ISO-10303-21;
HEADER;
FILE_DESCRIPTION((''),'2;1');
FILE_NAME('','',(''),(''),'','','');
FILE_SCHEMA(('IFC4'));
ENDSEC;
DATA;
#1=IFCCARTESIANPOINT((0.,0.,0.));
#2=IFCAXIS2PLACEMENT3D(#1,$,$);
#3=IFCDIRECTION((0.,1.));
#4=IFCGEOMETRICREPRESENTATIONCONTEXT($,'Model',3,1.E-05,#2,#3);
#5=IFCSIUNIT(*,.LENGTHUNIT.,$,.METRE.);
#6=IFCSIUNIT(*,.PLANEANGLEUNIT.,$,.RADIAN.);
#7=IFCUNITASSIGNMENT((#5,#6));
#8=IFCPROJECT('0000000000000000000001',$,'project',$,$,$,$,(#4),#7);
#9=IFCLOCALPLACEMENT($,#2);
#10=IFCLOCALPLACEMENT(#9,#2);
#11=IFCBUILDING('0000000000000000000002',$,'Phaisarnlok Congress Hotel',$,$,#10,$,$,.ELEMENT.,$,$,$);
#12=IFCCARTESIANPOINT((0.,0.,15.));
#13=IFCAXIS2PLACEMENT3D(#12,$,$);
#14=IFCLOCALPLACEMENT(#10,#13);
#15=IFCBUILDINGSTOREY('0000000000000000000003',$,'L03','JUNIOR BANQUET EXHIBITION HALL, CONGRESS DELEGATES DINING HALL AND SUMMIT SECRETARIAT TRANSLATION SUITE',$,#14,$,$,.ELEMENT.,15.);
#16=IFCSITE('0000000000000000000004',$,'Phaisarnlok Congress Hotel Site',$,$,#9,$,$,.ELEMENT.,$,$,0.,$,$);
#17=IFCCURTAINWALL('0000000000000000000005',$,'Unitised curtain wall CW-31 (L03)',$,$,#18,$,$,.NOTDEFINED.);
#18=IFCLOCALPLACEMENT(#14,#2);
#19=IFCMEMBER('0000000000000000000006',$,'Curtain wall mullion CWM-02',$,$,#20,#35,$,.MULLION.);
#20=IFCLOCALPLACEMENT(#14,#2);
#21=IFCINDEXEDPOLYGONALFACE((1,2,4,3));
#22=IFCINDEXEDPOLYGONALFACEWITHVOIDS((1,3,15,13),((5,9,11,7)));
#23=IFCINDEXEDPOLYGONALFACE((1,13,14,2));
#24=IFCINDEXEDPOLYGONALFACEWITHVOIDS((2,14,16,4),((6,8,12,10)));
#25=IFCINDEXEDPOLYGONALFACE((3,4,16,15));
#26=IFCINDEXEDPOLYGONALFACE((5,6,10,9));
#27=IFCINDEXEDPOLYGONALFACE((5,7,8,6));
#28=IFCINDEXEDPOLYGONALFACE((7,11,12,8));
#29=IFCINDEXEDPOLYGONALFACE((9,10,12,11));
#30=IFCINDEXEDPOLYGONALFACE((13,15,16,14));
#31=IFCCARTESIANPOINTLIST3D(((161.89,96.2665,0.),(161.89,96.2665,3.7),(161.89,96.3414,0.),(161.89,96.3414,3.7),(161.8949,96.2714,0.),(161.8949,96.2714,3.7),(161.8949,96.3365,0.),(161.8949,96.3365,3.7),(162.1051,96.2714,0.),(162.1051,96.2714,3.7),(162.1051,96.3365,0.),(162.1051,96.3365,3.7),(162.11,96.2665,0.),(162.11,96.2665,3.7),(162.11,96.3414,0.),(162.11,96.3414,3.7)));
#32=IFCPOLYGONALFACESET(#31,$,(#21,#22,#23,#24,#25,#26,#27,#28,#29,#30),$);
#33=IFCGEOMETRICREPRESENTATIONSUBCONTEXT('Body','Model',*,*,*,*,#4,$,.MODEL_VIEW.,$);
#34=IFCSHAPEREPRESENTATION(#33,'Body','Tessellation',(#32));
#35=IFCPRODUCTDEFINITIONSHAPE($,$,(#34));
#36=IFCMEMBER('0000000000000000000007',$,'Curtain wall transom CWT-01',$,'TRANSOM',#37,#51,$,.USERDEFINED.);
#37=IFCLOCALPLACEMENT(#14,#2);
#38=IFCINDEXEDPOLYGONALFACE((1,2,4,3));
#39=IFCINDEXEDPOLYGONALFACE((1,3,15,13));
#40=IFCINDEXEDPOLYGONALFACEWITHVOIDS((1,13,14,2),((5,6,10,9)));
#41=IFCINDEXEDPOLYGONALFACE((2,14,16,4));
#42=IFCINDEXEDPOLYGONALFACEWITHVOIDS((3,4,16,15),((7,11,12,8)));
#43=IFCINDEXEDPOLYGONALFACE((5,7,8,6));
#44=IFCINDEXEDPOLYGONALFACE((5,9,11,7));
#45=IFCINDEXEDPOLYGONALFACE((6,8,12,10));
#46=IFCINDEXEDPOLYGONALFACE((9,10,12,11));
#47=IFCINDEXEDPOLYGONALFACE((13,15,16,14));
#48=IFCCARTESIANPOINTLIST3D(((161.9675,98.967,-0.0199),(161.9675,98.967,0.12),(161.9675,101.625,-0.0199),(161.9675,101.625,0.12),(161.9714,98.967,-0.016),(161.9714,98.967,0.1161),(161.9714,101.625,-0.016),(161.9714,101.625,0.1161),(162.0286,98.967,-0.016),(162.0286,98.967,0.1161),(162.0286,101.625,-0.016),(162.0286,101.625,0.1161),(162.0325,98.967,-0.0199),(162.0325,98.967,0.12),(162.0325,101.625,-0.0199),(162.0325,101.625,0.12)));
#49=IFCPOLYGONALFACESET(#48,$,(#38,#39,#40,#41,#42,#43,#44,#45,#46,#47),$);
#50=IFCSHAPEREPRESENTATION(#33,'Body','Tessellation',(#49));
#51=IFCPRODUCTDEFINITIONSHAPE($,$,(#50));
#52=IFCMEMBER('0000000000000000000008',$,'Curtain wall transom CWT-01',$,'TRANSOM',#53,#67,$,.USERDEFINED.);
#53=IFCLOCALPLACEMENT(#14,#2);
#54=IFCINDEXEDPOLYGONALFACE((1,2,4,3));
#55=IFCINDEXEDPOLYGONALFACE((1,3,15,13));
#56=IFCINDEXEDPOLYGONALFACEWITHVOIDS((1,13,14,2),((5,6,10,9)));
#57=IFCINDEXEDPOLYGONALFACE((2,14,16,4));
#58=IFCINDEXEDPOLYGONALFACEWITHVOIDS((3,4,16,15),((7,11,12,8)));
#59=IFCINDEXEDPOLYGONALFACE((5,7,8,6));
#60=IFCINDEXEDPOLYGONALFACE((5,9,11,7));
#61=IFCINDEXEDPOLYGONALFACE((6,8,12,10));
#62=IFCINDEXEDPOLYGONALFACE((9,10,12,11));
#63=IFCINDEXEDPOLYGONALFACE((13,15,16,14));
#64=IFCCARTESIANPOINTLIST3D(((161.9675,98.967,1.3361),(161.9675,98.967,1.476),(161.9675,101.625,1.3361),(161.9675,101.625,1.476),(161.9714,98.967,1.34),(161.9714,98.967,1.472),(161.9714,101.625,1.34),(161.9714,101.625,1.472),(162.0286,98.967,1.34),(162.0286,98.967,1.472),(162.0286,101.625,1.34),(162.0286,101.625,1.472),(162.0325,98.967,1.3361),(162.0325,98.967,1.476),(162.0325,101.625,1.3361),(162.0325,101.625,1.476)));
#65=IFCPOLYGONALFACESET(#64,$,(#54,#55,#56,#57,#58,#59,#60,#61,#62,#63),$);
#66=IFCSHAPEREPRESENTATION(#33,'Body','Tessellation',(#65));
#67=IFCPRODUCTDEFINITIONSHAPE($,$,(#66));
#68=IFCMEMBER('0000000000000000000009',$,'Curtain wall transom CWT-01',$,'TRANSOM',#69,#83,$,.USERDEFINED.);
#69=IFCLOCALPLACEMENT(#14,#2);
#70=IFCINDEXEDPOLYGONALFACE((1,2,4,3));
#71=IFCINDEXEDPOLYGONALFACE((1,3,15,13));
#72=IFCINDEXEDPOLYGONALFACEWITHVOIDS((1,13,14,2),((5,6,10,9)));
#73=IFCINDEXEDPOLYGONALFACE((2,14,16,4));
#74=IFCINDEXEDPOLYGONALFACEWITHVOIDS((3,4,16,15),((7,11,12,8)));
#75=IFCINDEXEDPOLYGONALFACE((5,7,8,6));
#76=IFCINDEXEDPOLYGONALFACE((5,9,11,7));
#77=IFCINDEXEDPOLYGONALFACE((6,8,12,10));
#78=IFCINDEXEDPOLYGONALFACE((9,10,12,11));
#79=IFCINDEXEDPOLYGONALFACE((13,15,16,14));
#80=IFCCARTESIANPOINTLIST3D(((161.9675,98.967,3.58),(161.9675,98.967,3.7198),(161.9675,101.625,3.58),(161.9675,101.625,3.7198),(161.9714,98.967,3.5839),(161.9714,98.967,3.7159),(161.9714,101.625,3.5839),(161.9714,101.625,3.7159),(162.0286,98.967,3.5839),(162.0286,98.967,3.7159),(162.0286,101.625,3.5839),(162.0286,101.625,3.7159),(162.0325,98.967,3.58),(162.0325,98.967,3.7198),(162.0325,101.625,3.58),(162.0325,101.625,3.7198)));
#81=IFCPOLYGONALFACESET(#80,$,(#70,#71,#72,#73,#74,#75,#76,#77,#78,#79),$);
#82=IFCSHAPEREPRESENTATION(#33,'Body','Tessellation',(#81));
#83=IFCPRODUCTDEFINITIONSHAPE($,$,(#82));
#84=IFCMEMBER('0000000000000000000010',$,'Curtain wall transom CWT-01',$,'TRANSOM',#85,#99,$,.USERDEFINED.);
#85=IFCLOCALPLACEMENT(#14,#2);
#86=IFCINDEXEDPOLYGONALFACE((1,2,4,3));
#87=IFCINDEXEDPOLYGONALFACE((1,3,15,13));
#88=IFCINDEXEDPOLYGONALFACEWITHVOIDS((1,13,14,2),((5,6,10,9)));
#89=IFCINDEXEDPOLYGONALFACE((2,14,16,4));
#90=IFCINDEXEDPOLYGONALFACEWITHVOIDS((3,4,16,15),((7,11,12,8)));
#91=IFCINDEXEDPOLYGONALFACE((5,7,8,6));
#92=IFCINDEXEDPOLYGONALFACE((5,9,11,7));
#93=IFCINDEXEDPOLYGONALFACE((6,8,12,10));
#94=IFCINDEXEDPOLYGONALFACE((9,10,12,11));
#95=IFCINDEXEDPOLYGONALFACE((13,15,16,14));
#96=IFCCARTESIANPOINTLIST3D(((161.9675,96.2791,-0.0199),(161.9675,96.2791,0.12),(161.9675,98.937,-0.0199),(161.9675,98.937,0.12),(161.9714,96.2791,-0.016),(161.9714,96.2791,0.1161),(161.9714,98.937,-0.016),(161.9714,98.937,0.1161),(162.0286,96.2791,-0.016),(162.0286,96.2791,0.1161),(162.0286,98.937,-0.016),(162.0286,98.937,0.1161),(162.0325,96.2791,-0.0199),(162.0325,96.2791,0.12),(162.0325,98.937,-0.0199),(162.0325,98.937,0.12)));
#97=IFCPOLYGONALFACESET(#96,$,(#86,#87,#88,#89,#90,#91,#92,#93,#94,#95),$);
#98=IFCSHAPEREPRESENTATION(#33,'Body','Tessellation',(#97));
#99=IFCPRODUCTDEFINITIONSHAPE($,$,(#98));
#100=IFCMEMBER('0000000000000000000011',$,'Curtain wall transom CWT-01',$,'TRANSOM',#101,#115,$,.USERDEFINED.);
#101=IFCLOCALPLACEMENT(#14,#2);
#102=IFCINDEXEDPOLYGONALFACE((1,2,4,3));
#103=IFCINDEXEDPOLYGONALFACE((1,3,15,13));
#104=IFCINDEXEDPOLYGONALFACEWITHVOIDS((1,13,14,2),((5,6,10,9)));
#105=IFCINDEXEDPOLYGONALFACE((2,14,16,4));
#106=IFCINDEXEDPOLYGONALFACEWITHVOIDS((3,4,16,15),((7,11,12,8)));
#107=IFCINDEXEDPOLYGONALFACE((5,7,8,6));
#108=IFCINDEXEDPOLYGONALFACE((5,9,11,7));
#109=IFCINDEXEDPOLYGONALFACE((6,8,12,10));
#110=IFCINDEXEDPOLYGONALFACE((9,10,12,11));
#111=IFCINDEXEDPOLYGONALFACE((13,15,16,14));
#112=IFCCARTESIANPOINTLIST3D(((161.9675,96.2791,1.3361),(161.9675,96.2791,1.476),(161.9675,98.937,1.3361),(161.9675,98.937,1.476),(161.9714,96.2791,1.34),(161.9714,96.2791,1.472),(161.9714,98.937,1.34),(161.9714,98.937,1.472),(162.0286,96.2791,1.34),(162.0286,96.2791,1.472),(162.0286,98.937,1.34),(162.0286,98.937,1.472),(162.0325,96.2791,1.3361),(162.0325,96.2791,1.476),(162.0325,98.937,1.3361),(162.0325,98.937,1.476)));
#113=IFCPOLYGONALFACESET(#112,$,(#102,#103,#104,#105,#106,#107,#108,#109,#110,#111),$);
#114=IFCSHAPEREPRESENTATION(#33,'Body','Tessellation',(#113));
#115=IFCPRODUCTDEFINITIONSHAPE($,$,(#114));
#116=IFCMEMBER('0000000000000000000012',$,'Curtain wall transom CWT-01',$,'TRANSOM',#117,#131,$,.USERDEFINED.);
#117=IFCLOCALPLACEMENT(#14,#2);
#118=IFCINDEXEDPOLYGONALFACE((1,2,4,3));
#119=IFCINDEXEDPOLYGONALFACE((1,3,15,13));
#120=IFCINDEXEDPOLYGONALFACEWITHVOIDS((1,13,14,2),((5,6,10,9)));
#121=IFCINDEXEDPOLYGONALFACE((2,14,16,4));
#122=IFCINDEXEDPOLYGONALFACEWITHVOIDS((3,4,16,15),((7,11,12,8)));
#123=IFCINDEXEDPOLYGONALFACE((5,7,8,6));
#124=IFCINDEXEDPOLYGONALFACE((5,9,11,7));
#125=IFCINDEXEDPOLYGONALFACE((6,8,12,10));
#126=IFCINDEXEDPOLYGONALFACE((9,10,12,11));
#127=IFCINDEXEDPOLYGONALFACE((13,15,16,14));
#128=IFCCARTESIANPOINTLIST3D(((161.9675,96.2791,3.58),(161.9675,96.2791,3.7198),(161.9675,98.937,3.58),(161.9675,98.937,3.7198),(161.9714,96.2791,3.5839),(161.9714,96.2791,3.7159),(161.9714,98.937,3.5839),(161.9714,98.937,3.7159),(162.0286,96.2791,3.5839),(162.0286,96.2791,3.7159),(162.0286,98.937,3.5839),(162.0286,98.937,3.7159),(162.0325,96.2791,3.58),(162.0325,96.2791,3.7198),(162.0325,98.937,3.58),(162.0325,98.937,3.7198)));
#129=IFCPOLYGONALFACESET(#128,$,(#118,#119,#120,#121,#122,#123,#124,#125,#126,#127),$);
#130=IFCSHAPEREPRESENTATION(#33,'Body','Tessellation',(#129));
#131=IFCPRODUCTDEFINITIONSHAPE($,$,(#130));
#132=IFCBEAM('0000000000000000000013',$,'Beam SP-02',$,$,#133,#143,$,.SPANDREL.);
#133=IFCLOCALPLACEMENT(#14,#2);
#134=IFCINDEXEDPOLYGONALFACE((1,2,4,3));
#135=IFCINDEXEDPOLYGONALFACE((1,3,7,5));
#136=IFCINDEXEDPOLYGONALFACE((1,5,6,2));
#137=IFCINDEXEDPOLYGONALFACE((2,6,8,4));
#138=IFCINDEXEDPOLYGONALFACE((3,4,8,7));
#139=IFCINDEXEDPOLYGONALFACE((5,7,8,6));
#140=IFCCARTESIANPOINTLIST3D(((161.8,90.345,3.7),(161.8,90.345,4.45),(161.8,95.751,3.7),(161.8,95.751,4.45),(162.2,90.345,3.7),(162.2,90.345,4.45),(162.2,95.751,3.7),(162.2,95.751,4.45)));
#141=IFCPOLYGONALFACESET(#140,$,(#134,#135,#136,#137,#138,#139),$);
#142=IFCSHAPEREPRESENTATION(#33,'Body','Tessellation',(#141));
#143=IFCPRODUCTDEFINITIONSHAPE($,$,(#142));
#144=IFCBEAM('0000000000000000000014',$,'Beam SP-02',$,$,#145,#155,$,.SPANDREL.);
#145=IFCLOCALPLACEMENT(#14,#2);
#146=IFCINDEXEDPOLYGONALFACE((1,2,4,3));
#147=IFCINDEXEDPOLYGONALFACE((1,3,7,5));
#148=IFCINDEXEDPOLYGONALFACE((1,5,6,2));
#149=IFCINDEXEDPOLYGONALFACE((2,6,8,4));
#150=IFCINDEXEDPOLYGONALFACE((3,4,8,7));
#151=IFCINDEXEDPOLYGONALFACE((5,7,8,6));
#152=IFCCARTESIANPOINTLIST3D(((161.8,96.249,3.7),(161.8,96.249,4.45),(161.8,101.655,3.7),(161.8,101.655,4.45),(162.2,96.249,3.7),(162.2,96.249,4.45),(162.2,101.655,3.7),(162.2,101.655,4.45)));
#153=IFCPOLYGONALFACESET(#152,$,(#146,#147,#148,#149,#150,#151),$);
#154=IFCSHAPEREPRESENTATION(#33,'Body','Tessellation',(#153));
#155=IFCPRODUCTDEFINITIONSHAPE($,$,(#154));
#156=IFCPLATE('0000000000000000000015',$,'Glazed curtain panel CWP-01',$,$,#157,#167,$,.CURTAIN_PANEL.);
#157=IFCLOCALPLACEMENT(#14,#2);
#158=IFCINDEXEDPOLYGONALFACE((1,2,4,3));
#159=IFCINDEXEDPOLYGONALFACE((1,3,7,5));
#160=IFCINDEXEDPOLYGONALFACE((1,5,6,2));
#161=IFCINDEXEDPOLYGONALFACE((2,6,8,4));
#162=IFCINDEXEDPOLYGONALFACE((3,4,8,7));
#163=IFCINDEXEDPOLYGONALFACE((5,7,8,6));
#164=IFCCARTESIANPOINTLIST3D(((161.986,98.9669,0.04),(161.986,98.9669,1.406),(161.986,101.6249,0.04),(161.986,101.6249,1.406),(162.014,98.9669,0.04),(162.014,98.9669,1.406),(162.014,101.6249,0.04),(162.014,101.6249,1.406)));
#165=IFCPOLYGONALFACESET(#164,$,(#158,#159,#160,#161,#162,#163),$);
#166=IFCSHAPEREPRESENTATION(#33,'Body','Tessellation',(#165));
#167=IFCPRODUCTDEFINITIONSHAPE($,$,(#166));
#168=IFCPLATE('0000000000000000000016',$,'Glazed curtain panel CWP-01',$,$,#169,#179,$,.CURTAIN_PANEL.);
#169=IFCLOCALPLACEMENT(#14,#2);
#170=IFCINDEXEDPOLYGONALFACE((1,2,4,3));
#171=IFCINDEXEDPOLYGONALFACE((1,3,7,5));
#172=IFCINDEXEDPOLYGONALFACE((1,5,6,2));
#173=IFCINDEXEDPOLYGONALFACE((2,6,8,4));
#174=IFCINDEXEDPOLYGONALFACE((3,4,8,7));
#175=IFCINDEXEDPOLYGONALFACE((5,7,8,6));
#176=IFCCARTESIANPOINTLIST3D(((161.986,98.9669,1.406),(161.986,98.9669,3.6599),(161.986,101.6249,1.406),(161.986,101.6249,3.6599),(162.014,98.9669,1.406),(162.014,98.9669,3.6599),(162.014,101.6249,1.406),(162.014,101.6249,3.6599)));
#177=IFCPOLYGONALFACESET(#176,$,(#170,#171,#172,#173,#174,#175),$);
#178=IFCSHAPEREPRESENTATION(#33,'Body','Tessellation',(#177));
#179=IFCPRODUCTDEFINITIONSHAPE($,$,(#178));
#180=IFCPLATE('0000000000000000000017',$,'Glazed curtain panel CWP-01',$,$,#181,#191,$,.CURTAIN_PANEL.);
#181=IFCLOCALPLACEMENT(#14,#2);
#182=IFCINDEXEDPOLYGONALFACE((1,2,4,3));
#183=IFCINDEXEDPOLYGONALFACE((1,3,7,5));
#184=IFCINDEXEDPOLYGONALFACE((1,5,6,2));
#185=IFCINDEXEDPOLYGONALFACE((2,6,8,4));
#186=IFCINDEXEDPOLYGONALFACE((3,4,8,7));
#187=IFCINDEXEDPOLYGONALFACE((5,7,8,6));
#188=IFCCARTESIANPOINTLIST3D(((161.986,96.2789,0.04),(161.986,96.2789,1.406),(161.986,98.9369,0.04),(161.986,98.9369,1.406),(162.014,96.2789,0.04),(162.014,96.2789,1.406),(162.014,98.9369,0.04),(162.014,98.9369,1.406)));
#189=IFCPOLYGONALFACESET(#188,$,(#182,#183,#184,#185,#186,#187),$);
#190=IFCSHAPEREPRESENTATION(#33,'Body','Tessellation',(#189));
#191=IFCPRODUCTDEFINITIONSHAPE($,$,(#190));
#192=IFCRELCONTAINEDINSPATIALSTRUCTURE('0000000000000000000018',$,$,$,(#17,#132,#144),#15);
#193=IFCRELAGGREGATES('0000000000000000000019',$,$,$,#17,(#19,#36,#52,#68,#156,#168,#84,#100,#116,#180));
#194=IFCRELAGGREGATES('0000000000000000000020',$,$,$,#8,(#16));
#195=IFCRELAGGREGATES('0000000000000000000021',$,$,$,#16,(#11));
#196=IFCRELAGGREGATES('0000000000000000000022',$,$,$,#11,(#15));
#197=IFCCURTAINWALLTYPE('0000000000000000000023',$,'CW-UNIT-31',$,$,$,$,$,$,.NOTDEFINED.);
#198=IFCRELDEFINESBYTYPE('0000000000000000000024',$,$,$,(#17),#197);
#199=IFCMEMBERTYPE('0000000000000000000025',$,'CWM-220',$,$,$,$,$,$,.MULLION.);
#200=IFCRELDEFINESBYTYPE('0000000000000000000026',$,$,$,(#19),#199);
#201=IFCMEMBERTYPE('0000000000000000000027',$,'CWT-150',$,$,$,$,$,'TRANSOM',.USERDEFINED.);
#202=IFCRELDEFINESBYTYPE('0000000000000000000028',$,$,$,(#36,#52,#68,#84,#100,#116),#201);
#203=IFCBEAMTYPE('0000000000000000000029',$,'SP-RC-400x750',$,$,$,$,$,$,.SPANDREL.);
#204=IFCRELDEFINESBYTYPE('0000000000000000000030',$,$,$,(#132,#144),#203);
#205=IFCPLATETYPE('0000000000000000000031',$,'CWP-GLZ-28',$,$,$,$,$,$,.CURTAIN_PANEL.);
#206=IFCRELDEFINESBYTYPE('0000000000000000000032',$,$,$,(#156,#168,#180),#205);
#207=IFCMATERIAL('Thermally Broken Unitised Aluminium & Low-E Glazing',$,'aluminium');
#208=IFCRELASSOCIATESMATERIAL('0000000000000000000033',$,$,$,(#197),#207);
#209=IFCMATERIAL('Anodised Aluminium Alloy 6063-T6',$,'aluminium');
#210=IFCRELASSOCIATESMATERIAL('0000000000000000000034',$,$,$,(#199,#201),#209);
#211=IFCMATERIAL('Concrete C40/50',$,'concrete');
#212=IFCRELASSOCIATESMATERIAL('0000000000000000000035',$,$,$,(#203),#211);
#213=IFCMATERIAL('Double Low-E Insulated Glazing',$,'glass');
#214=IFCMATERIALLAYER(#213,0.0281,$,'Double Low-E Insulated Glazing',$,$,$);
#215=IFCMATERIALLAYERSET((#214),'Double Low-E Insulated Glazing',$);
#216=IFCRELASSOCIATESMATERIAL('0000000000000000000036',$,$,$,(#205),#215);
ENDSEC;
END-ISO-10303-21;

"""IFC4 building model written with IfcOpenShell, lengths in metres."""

from ifc_helpers import new_model, si_unit, direction, frame, frame_2d, origin, origin_2d, place, context, subcontext, project, spatial, rectangle, hollow_rectangle, extrude, material, layer, layer_set, material_profile, profile_set, type_object, element, aggregate, save


model = new_model("IFC4")

# Units and contexts
model_context = context("Model", 3, precision=1e-05, world=origin(), true_north=direction((0.0, 1.0)))
body_context = subcontext(model_context, "Body", "Model", "MODEL_VIEW")
ifc_project = project(units=[si_unit("LENGTHUNIT", "METRE"), si_unit("PLANEANGLEUNIT", "RADIAN")], contexts=[model_context])

# Site, building, storey
site_placement = place(None, origin())
site = spatial("IfcSite", under=ifc_project, at=site_placement, Name="Phaisarnlok Congress Hotel Site", CompositionType="ELEMENT", RefElevation=0.0)
building_placement = place(site_placement, origin())
building = spatial("IfcBuilding", under=site, at=building_placement, Name="Phaisarnlok Congress Hotel", CompositionType="ELEMENT")
storey_placement = place(building_placement, frame((0.0, 0.0, 15.0)))
storey = spatial("IfcBuildingStorey", under=building, at=storey_placement, Name="L03", Description="JUNIOR BANQUET EXHIBITION HALL, CONGRESS DELEGATES DINING HALL AND SUMMIT SECRETARIAT TRANSLATION SUITE", CompositionType="ELEMENT", Elevation=15.0)

# Shared definitions
ifc_material_1 = material(Name="Concrete C40/50", Category="concrete")

# Curtain wall, members
ifc_material_2 = material(Name="Thermally Broken Unitised Aluminium & Low-E Glazing", Category="aluminium")
curtain_wall_type = type_object("IfcCurtainWallType", Name="CW-UNIT-31", PredefinedType="NOTDEFINED", material=ifc_material_2)
curtain_wall_placement = place(storey_placement, origin())
curtain_wall = element("IfcCurtainWall", 1, at=curtain_wall_placement, inside=storey, type_object=curtain_wall_type, Name="Unitised curtain wall CW-31 (L03)", PredefinedType="NOTDEFINED")
ifc_material_3 = material(Name="Anodised Aluminium Alloy 6063-T6", Category="aluminium")
ifc_material_profile_1 = material_profile(ifc_material_3, hollow_rectangle(XDim=0.075, YDim=0.22, WallThickness=0.0049, at=origin_2d()), Name="ALU-M 75x220x5")
ifc_profile_set_1 = profile_set([ifc_material_profile_1], Name="Anodised Aluminium Alloy 6063-T6")
member_type_1 = type_object("IfcMemberType", Name="CWM-220", PredefinedType="MULLION", material=ifc_profile_set_1)
member_1_placement = place(storey_placement, frame((162.0, 96.304, 0.0), z_axis=(0.0, 0.0, 1.0), x_axis=(0.0, -1.0, 0.0)))
member_1 = element("IfcMember", 2, at=member_1_placement, type_object=member_type_1, Name="Curtain wall mullion CWM-02", PredefinedType="MULLION", context=body_context, shape_type="SweptSolid", body=[
    extrude(hollow_rectangle(XDim=0.075, YDim=0.22, WallThickness=0.0049, at=origin_2d()), origin(), (0.0, 0.0, 1.0), 3.7),
])
ifc_material_profile_2 = material_profile(ifc_material_3, hollow_rectangle(XDim=0.0649, YDim=0.1399, WallThickness=0.0039, at=origin_2d()), Name="ALU-T 65x140x4")
ifc_profile_set_2 = profile_set([ifc_material_profile_2], Name="Anodised Aluminium Alloy 6063-T6")
member_type_2 = type_object("IfcMemberType", Name="CWT-150", ElementType="TRANSOM", PredefinedType="USERDEFINED", material=ifc_profile_set_2)
member_2_placement = place(storey_placement, frame((162.0, 101.625, 0.05), z_axis=(0.0, -1.0, 0.0), x_axis=(1.0, 0.0, 0.0)))
member_2 = element("IfcMember", 3, at=member_2_placement, type_object=member_type_2, Name="Curtain wall transom CWT-01", ObjectType="TRANSOM", PredefinedType="USERDEFINED", context=body_context, shape_type="SweptSolid", body=[
    extrude(hollow_rectangle(XDim=0.0649, YDim=0.1399, WallThickness=0.0039, at=origin_2d()), origin(), (0.0, 0.0, 1.0), 2.658),
])
member_3_placement = place(storey_placement, frame((162.0, 101.625, 1.406), z_axis=(0.0, -1.0, 0.0), x_axis=(1.0, 0.0, 0.0)))
member_3 = element("IfcMember", 4, at=member_3_placement, type_object=member_type_2, Name="Curtain wall transom CWT-01", ObjectType="TRANSOM", PredefinedType="USERDEFINED", context=body_context, shape_type="SweptSolid", body=[
    extrude(hollow_rectangle(XDim=0.0649, YDim=0.1399, WallThickness=0.0039, at=origin_2d()), origin(), (0.0, 0.0, 1.0), 2.658),
])
member_4_placement = place(storey_placement, frame((162.0, 101.625, 3.6499), z_axis=(0.0, -1.0, 0.0), x_axis=(1.0, 0.0, 0.0)))
member_4 = element("IfcMember", 5, at=member_4_placement, type_object=member_type_2, Name="Curtain wall transom CWT-01", ObjectType="TRANSOM", PredefinedType="USERDEFINED", context=body_context, shape_type="SweptSolid", body=[
    extrude(hollow_rectangle(XDim=0.0649, YDim=0.1399, WallThickness=0.0039, at=origin_2d()), origin(), (0.0, 0.0, 1.0), 2.658),
])
member_5_placement = place(storey_placement, frame((162.0, 98.937, 0.05), z_axis=(0.0, -1.0, 0.0), x_axis=(1.0, 0.0, 0.0)))
member_5 = element("IfcMember", 6, at=member_5_placement, type_object=member_type_2, Name="Curtain wall transom CWT-01", ObjectType="TRANSOM", PredefinedType="USERDEFINED", context=body_context, shape_type="SweptSolid", body=[
    extrude(hollow_rectangle(XDim=0.0649, YDim=0.1399, WallThickness=0.0039, at=origin_2d()), origin(), (0.0, 0.0, 1.0), 2.658),
])
member_6_placement = place(storey_placement, frame((162.0, 98.937, 1.406), z_axis=(0.0, -1.0, 0.0), x_axis=(1.0, 0.0, 0.0)))
member_6 = element("IfcMember", 7, at=member_6_placement, type_object=member_type_2, Name="Curtain wall transom CWT-01", ObjectType="TRANSOM", PredefinedType="USERDEFINED", context=body_context, shape_type="SweptSolid", body=[
    extrude(hollow_rectangle(XDim=0.0649, YDim=0.1399, WallThickness=0.0039, at=origin_2d()), origin(), (0.0, 0.0, 1.0), 2.658),
])
member_7_placement = place(storey_placement, frame((162.0, 98.937, 3.6499), z_axis=(0.0, -1.0, 0.0), x_axis=(1.0, 0.0, 0.0)))
member_7 = element("IfcMember", 8, at=member_7_placement, type_object=member_type_2, Name="Curtain wall transom CWT-01", ObjectType="TRANSOM", PredefinedType="USERDEFINED", context=body_context, shape_type="SweptSolid", body=[
    extrude(hollow_rectangle(XDim=0.0649, YDim=0.1399, WallThickness=0.0039, at=origin_2d()), origin(), (0.0, 0.0, 1.0), 2.658),
])

# Beams
ifc_material_profile_3 = material_profile(ifc_material_1, rectangle(XDim=0.3999, YDim=0.75, at=origin_2d()), Name="RC 400x750")
ifc_profile_set_3 = profile_set([ifc_material_profile_3], Name="Concrete C40/50")
beam_type_1 = type_object("IfcBeamType", Name="SP-RC-400x750", PredefinedType="SPANDREL", material=ifc_profile_set_3)
for number, where, z_axis, x_axis, name in (
    (9, (162.0, 90.345, 4.075), (0.0, 1.0, 0.0), (-1.0, 0.0, 0.0), "Beam SP-02"),
    (10, (162.0, 96.249, 4.075), (0.0, 1.0, 0.0), (-1.0, 0.0, 0.0), "Beam SP-02"),
):
    element("IfcBeam", number, at=place(storey_placement, frame(where, z_axis=z_axis, x_axis=x_axis)), inside=storey, type_object=beam_type_1, Name=name, PredefinedType="SPANDREL", context=body_context, shape_type="SweptSolid", body=[
        extrude(rectangle(XDim=0.3999, YDim=0.75, at=origin_2d()), origin(), (0.0, 0.0, 1.0), 5.406),
    ])

# Plates
ifc_material_4 = material(Name="Double Low-E Insulated Glazing", Category="glass")
ifc_layer_1 = layer(ifc_material_4, 0.0281, Name="Double Low-E Insulated Glazing")
ifc_layer_set_1 = layer_set([ifc_layer_1], Name="Double Low-E Insulated Glazing")
plate_type_1 = type_object("IfcPlateType", Name="CWP-GLZ-28", PredefinedType="CURTAIN_PANEL", material=ifc_layer_set_1)
plate_1_placement = place(storey_placement, frame((162.0, 101.625, 0.04), z_axis=(0.0, 0.0, 1.0), x_axis=(0.0, -1.0, 0.0)))
plate_1 = element("IfcPlate", 11, at=plate_1_placement, type_object=plate_type_1, Name="Glazed curtain panel CWP-01", PredefinedType="CURTAIN_PANEL", context=body_context, shape_type="SweptSolid", body=[
    extrude(rectangle(XDim=2.658, YDim=0.0281, at=frame_2d((1.3291, 0.0))), origin(), (0.0, 0.0, 1.0), 1.366),
])
plate_2_placement = place(storey_placement, frame((162.0, 101.625, 1.406), z_axis=(0.0, 0.0, 1.0), x_axis=(0.0, -1.0, 0.0)))
plate_2 = element("IfcPlate", 12, at=plate_2_placement, type_object=plate_type_1, Name="Glazed curtain panel CWP-01", PredefinedType="CURTAIN_PANEL", context=body_context, shape_type="SweptSolid", body=[
    extrude(rectangle(XDim=2.658, YDim=0.0281, at=frame_2d((1.3291, 0.0))), origin(), (0.0, 0.0, 1.0), 2.2539),
])
plate_3_placement = place(storey_placement, frame((162.0, 98.937, 0.04), z_axis=(0.0, 0.0, 1.0), x_axis=(0.0, -1.0, 0.0)))
plate_3 = element("IfcPlate", 13, at=plate_3_placement, type_object=plate_type_1, Name="Glazed curtain panel CWP-01", PredefinedType="CURTAIN_PANEL", context=body_context, shape_type="SweptSolid", body=[
    extrude(rectangle(XDim=2.658, YDim=0.0281, at=frame_2d((1.3291, 0.0))), origin(), (0.0, 0.0, 1.0), 1.366),
])
aggregate(curtain_wall, [member_1, member_2, member_3, member_4, plate_1, plate_2, member_5, member_6, member_7, plate_3])

save(model, "model.ifc")
